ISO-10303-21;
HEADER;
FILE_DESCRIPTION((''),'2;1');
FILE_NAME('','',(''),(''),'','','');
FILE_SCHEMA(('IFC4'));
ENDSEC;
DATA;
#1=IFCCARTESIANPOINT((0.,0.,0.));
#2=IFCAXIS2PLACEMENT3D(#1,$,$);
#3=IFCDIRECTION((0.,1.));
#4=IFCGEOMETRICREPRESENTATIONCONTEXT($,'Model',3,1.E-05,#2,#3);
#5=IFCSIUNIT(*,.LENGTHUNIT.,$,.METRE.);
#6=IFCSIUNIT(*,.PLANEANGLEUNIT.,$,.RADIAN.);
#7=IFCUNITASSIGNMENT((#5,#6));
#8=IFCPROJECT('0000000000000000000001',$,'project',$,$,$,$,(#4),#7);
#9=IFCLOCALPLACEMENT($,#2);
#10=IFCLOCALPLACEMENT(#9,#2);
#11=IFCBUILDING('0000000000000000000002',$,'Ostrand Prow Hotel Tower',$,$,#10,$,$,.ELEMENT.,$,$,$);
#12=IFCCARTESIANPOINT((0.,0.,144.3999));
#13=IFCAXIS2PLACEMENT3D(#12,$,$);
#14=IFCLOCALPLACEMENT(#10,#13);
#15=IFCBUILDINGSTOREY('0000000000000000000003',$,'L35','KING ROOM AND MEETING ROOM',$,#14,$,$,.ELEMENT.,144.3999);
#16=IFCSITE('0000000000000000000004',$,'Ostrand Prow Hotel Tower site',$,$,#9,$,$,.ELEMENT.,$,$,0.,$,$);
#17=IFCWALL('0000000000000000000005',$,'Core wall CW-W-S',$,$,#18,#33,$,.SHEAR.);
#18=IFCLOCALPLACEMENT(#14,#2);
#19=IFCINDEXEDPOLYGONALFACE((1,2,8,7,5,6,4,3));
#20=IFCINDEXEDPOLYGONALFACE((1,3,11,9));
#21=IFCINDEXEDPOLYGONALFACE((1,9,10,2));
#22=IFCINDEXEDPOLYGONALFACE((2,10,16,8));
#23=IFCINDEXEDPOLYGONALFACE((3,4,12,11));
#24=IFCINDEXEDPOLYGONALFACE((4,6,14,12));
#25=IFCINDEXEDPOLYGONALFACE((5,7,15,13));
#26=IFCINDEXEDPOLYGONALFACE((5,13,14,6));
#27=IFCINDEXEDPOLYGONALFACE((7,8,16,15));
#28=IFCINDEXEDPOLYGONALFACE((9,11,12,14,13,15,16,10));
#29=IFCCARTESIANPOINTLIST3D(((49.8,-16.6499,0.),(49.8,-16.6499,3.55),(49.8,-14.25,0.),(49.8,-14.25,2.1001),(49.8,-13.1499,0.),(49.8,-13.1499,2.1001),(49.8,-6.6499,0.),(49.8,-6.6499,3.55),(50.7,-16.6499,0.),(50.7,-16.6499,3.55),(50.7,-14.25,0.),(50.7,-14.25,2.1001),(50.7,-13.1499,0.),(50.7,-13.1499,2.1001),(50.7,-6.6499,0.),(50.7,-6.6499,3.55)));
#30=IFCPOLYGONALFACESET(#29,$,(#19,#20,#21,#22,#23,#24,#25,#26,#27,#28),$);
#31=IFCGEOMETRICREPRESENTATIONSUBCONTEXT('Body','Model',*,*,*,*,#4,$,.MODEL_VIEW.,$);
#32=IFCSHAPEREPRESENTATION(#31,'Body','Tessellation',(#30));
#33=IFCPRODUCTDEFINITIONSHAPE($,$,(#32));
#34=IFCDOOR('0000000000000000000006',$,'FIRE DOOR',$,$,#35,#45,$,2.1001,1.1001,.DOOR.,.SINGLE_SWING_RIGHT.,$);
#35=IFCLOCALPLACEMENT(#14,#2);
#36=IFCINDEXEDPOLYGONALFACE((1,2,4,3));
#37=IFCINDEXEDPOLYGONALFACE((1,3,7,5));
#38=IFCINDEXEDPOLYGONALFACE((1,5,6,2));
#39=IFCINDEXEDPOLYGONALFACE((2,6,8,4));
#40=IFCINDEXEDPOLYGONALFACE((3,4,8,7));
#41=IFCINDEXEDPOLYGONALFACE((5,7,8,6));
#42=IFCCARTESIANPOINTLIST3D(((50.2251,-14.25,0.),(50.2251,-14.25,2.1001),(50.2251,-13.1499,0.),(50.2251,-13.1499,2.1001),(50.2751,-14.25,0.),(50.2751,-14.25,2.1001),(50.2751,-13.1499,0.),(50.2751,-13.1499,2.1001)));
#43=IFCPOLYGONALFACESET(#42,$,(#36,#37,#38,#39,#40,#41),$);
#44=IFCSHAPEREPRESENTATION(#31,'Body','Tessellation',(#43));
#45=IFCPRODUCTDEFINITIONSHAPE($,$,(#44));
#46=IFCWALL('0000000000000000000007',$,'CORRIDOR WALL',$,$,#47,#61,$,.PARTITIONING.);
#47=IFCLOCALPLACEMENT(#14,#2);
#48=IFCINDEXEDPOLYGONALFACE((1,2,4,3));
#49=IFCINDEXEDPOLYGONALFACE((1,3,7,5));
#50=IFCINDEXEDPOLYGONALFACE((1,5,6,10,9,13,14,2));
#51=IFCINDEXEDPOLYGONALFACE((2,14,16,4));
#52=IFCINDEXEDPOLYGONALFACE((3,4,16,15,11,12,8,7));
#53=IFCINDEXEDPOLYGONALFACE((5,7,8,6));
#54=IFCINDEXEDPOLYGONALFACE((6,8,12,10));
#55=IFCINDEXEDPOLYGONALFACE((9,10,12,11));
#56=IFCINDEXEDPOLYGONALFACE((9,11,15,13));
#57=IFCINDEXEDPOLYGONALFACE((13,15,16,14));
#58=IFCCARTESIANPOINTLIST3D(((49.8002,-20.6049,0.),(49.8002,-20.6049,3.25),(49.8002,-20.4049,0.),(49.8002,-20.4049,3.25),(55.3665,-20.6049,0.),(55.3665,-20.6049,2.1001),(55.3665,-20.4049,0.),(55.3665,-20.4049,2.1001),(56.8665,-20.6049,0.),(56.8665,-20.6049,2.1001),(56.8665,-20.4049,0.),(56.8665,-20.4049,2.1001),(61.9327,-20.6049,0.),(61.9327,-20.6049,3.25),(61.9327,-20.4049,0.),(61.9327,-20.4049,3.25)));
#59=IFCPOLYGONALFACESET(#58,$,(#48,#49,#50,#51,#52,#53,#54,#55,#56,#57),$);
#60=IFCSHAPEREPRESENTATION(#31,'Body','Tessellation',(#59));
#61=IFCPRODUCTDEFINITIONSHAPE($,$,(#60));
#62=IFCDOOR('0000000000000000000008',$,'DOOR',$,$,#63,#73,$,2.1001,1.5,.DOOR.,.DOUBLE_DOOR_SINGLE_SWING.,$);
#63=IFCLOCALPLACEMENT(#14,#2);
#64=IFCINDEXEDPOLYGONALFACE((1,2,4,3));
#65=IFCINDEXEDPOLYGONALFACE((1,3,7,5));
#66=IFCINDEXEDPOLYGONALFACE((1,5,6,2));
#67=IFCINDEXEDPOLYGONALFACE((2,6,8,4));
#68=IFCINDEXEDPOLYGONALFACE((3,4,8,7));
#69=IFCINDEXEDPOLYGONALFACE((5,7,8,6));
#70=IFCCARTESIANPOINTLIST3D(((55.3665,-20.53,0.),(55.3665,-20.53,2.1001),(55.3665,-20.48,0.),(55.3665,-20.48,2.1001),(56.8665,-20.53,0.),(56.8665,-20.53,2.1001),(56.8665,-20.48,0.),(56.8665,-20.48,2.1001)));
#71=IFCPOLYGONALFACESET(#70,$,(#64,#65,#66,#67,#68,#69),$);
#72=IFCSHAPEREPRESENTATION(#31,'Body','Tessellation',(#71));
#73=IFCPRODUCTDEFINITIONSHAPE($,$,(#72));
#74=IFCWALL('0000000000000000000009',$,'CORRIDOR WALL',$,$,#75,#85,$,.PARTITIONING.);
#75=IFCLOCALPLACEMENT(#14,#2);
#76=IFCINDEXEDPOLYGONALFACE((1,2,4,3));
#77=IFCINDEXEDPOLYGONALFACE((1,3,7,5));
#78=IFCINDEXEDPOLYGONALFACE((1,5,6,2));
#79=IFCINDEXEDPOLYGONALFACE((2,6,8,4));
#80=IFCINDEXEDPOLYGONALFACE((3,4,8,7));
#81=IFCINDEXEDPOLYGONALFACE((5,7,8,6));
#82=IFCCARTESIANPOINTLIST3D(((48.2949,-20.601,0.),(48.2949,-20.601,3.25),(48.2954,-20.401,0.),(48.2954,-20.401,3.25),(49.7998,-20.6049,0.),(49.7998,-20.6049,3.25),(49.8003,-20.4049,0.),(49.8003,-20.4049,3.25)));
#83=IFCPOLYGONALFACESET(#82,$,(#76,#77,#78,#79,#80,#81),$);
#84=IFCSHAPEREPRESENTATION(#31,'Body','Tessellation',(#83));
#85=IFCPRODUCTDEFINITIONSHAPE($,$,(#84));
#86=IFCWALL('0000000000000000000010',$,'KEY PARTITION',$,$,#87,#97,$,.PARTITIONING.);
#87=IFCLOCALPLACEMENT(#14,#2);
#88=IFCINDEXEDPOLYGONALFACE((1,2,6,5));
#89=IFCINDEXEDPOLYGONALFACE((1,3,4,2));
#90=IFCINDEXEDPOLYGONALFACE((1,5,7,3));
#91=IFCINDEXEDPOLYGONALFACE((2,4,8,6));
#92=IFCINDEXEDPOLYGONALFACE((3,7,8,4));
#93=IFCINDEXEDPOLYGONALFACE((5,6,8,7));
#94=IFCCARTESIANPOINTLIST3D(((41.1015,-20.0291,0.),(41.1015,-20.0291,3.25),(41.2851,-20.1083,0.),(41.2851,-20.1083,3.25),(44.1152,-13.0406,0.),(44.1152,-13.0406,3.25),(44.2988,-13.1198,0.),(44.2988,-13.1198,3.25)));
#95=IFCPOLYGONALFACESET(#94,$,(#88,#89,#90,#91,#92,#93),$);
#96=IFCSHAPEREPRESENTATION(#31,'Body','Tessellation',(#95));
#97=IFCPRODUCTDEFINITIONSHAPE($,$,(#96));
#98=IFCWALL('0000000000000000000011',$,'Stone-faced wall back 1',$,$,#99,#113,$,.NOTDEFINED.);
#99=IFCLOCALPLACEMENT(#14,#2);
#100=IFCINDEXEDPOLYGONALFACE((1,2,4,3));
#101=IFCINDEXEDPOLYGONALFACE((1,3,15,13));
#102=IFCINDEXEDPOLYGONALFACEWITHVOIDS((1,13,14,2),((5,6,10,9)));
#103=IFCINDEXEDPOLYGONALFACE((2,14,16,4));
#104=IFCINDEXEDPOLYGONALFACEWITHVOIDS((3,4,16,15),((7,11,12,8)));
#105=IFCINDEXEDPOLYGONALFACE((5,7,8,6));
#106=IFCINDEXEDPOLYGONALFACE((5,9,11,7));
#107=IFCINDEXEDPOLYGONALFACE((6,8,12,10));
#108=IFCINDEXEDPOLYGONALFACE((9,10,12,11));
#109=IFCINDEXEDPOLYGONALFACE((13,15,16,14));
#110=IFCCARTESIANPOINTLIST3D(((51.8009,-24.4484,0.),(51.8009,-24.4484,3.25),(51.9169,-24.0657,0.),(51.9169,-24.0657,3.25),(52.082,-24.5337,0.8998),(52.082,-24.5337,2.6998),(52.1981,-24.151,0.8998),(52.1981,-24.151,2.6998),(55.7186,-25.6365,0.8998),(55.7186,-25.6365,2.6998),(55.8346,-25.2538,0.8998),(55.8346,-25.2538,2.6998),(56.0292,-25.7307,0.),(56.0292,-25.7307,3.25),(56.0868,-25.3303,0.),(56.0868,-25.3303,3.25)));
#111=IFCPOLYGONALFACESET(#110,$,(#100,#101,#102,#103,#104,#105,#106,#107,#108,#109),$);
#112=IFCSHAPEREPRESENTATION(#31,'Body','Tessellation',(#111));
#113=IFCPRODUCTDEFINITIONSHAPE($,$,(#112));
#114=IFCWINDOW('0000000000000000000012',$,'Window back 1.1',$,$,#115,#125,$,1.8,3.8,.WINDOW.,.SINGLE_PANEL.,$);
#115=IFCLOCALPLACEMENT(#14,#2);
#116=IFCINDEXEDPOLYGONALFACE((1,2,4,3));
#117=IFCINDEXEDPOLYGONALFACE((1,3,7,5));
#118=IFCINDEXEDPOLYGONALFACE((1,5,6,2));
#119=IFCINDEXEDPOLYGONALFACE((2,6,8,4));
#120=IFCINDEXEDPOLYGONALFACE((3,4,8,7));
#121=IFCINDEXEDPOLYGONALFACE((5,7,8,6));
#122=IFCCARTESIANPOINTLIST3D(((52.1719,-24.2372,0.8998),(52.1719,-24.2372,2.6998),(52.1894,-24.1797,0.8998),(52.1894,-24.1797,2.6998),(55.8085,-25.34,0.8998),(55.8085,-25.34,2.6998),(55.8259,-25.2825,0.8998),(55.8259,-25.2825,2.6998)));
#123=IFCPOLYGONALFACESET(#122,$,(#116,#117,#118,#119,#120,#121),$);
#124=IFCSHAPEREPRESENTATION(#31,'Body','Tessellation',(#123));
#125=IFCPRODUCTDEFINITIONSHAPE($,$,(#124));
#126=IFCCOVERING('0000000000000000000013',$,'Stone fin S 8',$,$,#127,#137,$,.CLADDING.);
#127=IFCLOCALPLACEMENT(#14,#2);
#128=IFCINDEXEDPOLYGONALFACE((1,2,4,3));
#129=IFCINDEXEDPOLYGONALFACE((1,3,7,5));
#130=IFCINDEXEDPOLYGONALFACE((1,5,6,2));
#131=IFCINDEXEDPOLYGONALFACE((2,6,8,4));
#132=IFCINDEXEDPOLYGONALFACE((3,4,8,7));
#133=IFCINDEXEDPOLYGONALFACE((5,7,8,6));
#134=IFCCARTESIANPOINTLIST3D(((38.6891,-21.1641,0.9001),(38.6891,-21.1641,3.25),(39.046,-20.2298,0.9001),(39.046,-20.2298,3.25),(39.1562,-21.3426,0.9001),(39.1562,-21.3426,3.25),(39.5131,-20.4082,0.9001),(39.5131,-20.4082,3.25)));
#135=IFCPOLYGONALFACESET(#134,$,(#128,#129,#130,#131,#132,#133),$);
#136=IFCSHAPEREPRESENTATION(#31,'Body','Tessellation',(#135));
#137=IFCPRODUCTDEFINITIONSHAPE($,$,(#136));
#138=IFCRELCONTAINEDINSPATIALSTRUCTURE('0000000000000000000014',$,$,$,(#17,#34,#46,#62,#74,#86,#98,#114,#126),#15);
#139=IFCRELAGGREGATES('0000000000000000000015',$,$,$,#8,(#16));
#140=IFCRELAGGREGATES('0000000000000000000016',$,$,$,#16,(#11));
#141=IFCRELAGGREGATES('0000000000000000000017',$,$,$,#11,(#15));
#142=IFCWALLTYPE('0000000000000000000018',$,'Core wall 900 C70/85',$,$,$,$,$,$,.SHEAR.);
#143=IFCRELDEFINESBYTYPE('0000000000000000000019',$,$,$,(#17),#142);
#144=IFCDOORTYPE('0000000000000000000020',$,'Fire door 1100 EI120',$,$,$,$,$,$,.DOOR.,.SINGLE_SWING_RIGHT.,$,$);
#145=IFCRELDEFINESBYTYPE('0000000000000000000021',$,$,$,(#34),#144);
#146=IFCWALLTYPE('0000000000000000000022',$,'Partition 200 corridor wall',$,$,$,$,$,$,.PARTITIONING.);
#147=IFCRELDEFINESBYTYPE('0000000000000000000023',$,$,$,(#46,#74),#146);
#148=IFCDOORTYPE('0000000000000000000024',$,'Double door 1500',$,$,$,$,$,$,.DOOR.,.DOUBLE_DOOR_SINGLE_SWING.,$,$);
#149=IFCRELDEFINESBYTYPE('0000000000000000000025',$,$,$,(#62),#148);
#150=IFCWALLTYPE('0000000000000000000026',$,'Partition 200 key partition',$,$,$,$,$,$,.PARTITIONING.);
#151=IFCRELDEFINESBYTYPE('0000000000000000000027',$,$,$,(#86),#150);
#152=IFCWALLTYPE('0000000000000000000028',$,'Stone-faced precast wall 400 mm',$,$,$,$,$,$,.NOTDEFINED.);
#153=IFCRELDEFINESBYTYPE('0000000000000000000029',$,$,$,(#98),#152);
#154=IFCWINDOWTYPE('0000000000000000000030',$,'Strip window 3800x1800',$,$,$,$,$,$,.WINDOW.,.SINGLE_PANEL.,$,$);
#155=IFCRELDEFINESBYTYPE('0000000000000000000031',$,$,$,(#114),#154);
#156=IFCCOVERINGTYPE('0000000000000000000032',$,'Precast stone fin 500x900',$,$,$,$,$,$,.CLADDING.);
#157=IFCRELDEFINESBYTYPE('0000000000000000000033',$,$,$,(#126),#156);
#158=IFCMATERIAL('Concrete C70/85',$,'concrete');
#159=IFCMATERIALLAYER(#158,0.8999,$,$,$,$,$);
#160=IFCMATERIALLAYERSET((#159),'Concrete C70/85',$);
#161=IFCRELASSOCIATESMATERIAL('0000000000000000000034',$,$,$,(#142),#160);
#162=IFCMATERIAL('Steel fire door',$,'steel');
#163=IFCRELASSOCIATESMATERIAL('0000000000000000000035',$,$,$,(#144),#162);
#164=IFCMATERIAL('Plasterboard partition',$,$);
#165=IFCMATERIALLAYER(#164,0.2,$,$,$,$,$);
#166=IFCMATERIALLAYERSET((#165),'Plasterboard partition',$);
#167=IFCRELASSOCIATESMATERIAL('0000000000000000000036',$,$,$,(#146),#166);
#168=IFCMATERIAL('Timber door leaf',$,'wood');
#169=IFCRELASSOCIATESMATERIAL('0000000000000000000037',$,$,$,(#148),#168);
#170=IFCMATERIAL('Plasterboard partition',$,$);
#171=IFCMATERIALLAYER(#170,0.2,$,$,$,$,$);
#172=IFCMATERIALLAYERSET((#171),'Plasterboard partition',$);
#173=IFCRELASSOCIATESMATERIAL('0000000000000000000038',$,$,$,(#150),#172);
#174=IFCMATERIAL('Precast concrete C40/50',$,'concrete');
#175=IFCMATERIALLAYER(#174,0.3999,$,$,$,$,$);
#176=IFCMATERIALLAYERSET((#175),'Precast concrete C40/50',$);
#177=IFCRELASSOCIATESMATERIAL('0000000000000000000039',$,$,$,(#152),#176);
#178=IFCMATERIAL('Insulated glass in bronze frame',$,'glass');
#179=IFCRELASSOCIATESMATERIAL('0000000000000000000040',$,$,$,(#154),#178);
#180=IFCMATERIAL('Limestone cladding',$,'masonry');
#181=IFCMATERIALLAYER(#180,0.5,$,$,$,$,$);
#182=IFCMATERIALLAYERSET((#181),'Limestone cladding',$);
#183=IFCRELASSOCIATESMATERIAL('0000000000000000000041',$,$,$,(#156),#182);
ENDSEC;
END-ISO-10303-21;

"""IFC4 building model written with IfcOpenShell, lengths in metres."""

from ifc_helpers import new_model, si_unit, direction, frame, frame_2d, origin, place, context, subcontext, project, spatial, polyline, rectangle, outline, extrude, material, layer, layer_set, type_object, element, fill, save


model = new_model("IFC4")

# Units and contexts
model_context = context("Model", 3, precision=1e-05, world=origin(), true_north=direction((0.0, 1.0)))
body_context = subcontext(model_context, "Body", "Model", "MODEL_VIEW")
ifc_project = project(units=[si_unit("LENGTHUNIT", "METRE"), si_unit("PLANEANGLEUNIT", "RADIAN")], contexts=[model_context])

# Site, building, storey
site_placement = place(None, origin())
site = spatial("IfcSite", under=ifc_project, at=site_placement, Name="Ostrand Prow Hotel Tower site", CompositionType="ELEMENT", RefElevation=0.0)
building_placement = place(site_placement, origin())
building = spatial("IfcBuilding", under=site, at=building_placement, Name="Ostrand Prow Hotel Tower", CompositionType="ELEMENT")
storey_placement = place(building_placement, frame((0.0, 0.0, 144.3999)))
storey = spatial("IfcBuildingStorey", under=building, at=storey_placement, Name="L35", Description="KING ROOM AND MEETING ROOM", CompositionType="ELEMENT", Elevation=144.3999)

# Walls, openings, doors
ifc_material_1 = material(Name="Concrete C70/85", Category="concrete")
ifc_layer_1 = layer(ifc_material_1, 0.8999)
ifc_layer_set_1 = layer_set([ifc_layer_1], Name="Concrete C70/85")
wall_type_1 = type_object("IfcWallType", Name="Core wall 900 C70/85", PredefinedType="SHEAR", material=ifc_layer_set_1)
wall_1_placement = place(storey_placement, frame((50.25, -16.6499, 0.0), z_axis=(0.0, 0.0, 1.0), x_axis=(0.0, 1.0, 0.0)))
wall_1 = element("IfcWall", 1, at=wall_1_placement, inside=storey, type_object=wall_type_1, Name="Core wall CW-W-S", PredefinedType="SHEAR", context=body_context, shape_type="SweptSolid", body=[
    extrude(rectangle(XDim=10.0, YDim=0.8999, at=frame_2d((5.0, 0.0))), origin(), (0.0, 0.0, 1.0), 3.55),
])
opening_1_placement = place(wall_1_placement, frame((2.3999, 0.0, 0.0)))
opening_1 = element("IfcOpeningElement", 2, at=opening_1_placement, cuts=wall_1, PredefinedType="OPENING", context=body_context, shape_type="SweptSolid", body=[
    extrude(rectangle(XDim=1.1001, YDim=2.1001, at=frame_2d((0.55, 1.05))), frame((0.0, 0.46, 0.0), z_axis=(0.0, -1.0, 0.0), x_axis=(1.0, 0.0, 0.0)), (0.0, 0.0, 1.0), 0.9199),
])
ifc_material_2 = material(Name="Steel fire door", Category="steel")
door_type_1 = type_object("IfcDoorType", Name="Fire door 1100 EI120", OperationType="SINGLE_SWING_RIGHT", PredefinedType="DOOR", material=ifc_material_2)
door_1_placement = place(opening_1_placement, origin())
door_1 = element("IfcDoor", 3, at=door_1_placement, inside=storey, type_object=door_type_1, Name="FIRE DOOR", OperationType="SINGLE_SWING_RIGHT", OverallHeight=2.1001, OverallWidth=1.1001, PredefinedType="DOOR", context=body_context, shape_type="SweptSolid", body=[
    extrude(rectangle(XDim=1.1001, YDim=2.1001, at=frame_2d((0.55, 1.05))), frame((0.0, 0.0249, 0.0), z_axis=(0.0, -1.0, 0.0), x_axis=(1.0, 0.0, 0.0)), (0.0, 0.0, 1.0), 0.05),
])
fill(opening_1, door_1)
ifc_material_3 = material(Name="Plasterboard partition")
ifc_layer_2 = layer(ifc_material_3, 0.2)
ifc_layer_set_2 = layer_set([ifc_layer_2], Name="Plasterboard partition")
wall_type_2 = type_object("IfcWallType", Name="Partition 200 corridor wall", PredefinedType="PARTITIONING", material=ifc_layer_set_2)
wall_2_placement = place(storey_placement, frame((49.8, -20.5049, 0.0), z_axis=(0.0, 0.0, 1.0), x_axis=(1.0, 0.0, 0.0)))
wall_2 = element("IfcWall", 4, at=wall_2_placement, inside=storey, type_object=wall_type_2, Name="CORRIDOR WALL", PredefinedType="PARTITIONING", context=body_context, shape_type="SweptSolid", body=[
    extrude(rectangle(XDim=12.1326, YDim=0.2, at=frame_2d((6.0664, 0.0))), origin(), (0.0, 0.0, 1.0), 3.25),
])
opening_2_placement = place(wall_2_placement, frame((5.5664, 0.0, 0.0)))
opening_2 = element("IfcOpeningElement", 5, at=opening_2_placement, cuts=wall_2, PredefinedType="OPENING", context=body_context, shape_type="SweptSolid", body=[
    extrude(rectangle(XDim=1.5, YDim=2.1001, at=frame_2d((0.75, 1.05))), frame((0.0, 0.1099, 0.0), z_axis=(0.0, -1.0, 0.0), x_axis=(1.0, 0.0, 0.0)), (0.0, 0.0, 1.0), 0.22),
])
ifc_material_4 = material(Name="Timber door leaf", Category="wood")
door_type_2 = type_object("IfcDoorType", Name="Double door 1500", OperationType="DOUBLE_DOOR_SINGLE_SWING", PredefinedType="DOOR", material=ifc_material_4)
door_2_placement = place(opening_2_placement, origin())
door_2 = element("IfcDoor", 6, at=door_2_placement, inside=storey, type_object=door_type_2, Name="DOOR", OperationType="DOUBLE_DOOR_SINGLE_SWING", OverallHeight=2.1001, OverallWidth=1.5, PredefinedType="DOOR", context=body_context, shape_type="SweptSolid", body=[
    extrude(rectangle(XDim=1.5, YDim=2.1001, at=frame_2d((0.75, 1.05))), frame((0.0, 0.0249, 0.0), z_axis=(0.0, -1.0, 0.0), x_axis=(1.0, 0.0, 0.0)), (0.0, 0.0, 1.0), 0.05),
])
fill(opening_2, door_2)

# Walls
wall_3_placement = place(storey_placement, frame((48.2952, -20.501, 0.0), z_axis=(0.0, 0.0, 1.0), x_axis=(0.999997, -0.002596, 0.0)))
element("IfcWall", 7, at=wall_3_placement, inside=storey, type_object=wall_type_2, Name="CORRIDOR WALL", PredefinedType="PARTITIONING", context=body_context, shape_type="SweptSolid", body=[
    extrude(rectangle(XDim=1.5049, YDim=0.2, at=frame_2d((0.7524, 0.0))), origin(), (0.0, 0.0, 1.0), 3.25),
])
ifc_material_5 = material(Name="Plasterboard partition")
ifc_layer_3 = layer(ifc_material_5, 0.2)
ifc_layer_set_3 = layer_set([ifc_layer_3], Name="Plasterboard partition")
wall_type_3 = type_object("IfcWallType", Name="Partition 200 key partition", PredefinedType="PARTITIONING", material=ifc_layer_set_3)
wall_4_placement = place(storey_placement, frame((41.1934, -20.0686, 0.0), z_axis=(0.0, 0.0, 1.0), x_axis=(0.395982, 0.918258, 0.0)))
element("IfcWall", 8, at=wall_4_placement, inside=storey, type_object=wall_type_3, Name="KEY PARTITION", PredefinedType="PARTITIONING", context=body_context, shape_type="SweptSolid", body=[
    extrude(rectangle(XDim=7.6106, YDim=0.2, at=frame_2d((3.8052, 0.0))), origin(), (0.0, 0.0, 1.0), 3.25),
])

# Wall, opening, window
ifc_material_6 = material(Name="Precast concrete C40/50", Category="concrete")
ifc_layer_4 = layer(ifc_material_6, 0.3999)
ifc_layer_set_4 = layer_set([ifc_layer_4], Name="Precast concrete C40/50")
wall_type_4 = type_object("IfcWallType", Name="Stone-faced precast wall 400 mm", PredefinedType="NOTDEFINED", material=ifc_layer_set_4)
wall_5_placement = place(storey_placement, frame((51.8589, -24.2571, 0.0), z_axis=(0.0, 0.0, 1.0), x_axis=(0.956964, -0.290205, 0.0)))
wall_5 = element("IfcWall", 9, at=wall_5_placement, inside=storey, type_object=wall_type_4, Name="Stone-faced wall back 1", PredefinedType="NOTDEFINED", context=body_context, shape_type="SweptSolid", body=[
    extrude(outline(polyline([(0.0, -0.2), (4.4185, -0.2), (4.3574, 0.2), (0.0, 0.2), (0.0, -0.2)])), origin(), (0.0, 0.0, 1.0), 3.25),
])
opening_3_placement = place(wall_5_placement, frame((0.2939, 0.0, 0.8999)))
opening_3 = element("IfcOpeningElement", 10, at=opening_3_placement, cuts=wall_5, PredefinedType="OPENING", context=body_context, shape_type="SweptSolid", body=[
    extrude(rectangle(XDim=3.8, YDim=1.8, at=frame_2d((1.8999, 0.8999))), frame((0.0, 0.21, 0.0), z_axis=(0.0, -1.0, 0.0), x_axis=(1.0, 0.0, 0.0)), (0.0, 0.0, 1.0), 0.4199),
])
ifc_material_7 = material(Name="Insulated glass in bronze frame", Category="glass")
window_type = type_object("IfcWindowType", Name="Strip window 3800x1800", PartitioningType="SINGLE_PANEL", PredefinedType="WINDOW", material=ifc_material_7)
window_placement = place(opening_3_placement, origin())
window = element("IfcWindow", 11, at=window_placement, inside=storey, type_object=window_type, Name="Window back 1.1", OverallHeight=1.8, OverallWidth=3.8, PartitioningType="SINGLE_PANEL", PredefinedType="WINDOW", context=body_context, shape_type="SweptSolid", body=[
    extrude(rectangle(XDim=3.8, YDim=1.8, at=frame_2d((1.8999, 0.8999))), frame((0.0, 0.1699, 0.0), z_axis=(0.0, -1.0, 0.0), x_axis=(1.0, 0.0, 0.0)), (0.0, 0.0, 1.0), 0.0601),
])
fill(opening_3, window)

# Covering
ifc_material_8 = material(Name="Limestone cladding", Category="masonry")
ifc_layer_5 = layer(ifc_material_8, 0.5)
ifc_layer_set_5 = layer_set([ifc_layer_5], Name="Limestone cladding")
covering_type = type_object("IfcCoveringType", Name="Precast stone fin 500x900", PredefinedType="CLADDING", material=ifc_layer_set_5)
covering_placement = place(storey_placement, frame((39.2795, -20.3191, 0.9001), z_axis=(0.0, 0.0, 1.0), x_axis=(-0.356868, -0.934155, 0.0)))
element("IfcCovering", 12, at=covering_placement, inside=storey, type_object=covering_type, Name="Stone fin S 8", PredefinedType="CLADDING", context=body_context, shape_type="SweptSolid", body=[
    extrude(rectangle(XDim=1.0002, YDim=0.5, at=frame_2d((0.5, 0.0))), origin(), (0.0, 0.0, 1.0), 2.3499),
])

save(model, "model.ifc")
